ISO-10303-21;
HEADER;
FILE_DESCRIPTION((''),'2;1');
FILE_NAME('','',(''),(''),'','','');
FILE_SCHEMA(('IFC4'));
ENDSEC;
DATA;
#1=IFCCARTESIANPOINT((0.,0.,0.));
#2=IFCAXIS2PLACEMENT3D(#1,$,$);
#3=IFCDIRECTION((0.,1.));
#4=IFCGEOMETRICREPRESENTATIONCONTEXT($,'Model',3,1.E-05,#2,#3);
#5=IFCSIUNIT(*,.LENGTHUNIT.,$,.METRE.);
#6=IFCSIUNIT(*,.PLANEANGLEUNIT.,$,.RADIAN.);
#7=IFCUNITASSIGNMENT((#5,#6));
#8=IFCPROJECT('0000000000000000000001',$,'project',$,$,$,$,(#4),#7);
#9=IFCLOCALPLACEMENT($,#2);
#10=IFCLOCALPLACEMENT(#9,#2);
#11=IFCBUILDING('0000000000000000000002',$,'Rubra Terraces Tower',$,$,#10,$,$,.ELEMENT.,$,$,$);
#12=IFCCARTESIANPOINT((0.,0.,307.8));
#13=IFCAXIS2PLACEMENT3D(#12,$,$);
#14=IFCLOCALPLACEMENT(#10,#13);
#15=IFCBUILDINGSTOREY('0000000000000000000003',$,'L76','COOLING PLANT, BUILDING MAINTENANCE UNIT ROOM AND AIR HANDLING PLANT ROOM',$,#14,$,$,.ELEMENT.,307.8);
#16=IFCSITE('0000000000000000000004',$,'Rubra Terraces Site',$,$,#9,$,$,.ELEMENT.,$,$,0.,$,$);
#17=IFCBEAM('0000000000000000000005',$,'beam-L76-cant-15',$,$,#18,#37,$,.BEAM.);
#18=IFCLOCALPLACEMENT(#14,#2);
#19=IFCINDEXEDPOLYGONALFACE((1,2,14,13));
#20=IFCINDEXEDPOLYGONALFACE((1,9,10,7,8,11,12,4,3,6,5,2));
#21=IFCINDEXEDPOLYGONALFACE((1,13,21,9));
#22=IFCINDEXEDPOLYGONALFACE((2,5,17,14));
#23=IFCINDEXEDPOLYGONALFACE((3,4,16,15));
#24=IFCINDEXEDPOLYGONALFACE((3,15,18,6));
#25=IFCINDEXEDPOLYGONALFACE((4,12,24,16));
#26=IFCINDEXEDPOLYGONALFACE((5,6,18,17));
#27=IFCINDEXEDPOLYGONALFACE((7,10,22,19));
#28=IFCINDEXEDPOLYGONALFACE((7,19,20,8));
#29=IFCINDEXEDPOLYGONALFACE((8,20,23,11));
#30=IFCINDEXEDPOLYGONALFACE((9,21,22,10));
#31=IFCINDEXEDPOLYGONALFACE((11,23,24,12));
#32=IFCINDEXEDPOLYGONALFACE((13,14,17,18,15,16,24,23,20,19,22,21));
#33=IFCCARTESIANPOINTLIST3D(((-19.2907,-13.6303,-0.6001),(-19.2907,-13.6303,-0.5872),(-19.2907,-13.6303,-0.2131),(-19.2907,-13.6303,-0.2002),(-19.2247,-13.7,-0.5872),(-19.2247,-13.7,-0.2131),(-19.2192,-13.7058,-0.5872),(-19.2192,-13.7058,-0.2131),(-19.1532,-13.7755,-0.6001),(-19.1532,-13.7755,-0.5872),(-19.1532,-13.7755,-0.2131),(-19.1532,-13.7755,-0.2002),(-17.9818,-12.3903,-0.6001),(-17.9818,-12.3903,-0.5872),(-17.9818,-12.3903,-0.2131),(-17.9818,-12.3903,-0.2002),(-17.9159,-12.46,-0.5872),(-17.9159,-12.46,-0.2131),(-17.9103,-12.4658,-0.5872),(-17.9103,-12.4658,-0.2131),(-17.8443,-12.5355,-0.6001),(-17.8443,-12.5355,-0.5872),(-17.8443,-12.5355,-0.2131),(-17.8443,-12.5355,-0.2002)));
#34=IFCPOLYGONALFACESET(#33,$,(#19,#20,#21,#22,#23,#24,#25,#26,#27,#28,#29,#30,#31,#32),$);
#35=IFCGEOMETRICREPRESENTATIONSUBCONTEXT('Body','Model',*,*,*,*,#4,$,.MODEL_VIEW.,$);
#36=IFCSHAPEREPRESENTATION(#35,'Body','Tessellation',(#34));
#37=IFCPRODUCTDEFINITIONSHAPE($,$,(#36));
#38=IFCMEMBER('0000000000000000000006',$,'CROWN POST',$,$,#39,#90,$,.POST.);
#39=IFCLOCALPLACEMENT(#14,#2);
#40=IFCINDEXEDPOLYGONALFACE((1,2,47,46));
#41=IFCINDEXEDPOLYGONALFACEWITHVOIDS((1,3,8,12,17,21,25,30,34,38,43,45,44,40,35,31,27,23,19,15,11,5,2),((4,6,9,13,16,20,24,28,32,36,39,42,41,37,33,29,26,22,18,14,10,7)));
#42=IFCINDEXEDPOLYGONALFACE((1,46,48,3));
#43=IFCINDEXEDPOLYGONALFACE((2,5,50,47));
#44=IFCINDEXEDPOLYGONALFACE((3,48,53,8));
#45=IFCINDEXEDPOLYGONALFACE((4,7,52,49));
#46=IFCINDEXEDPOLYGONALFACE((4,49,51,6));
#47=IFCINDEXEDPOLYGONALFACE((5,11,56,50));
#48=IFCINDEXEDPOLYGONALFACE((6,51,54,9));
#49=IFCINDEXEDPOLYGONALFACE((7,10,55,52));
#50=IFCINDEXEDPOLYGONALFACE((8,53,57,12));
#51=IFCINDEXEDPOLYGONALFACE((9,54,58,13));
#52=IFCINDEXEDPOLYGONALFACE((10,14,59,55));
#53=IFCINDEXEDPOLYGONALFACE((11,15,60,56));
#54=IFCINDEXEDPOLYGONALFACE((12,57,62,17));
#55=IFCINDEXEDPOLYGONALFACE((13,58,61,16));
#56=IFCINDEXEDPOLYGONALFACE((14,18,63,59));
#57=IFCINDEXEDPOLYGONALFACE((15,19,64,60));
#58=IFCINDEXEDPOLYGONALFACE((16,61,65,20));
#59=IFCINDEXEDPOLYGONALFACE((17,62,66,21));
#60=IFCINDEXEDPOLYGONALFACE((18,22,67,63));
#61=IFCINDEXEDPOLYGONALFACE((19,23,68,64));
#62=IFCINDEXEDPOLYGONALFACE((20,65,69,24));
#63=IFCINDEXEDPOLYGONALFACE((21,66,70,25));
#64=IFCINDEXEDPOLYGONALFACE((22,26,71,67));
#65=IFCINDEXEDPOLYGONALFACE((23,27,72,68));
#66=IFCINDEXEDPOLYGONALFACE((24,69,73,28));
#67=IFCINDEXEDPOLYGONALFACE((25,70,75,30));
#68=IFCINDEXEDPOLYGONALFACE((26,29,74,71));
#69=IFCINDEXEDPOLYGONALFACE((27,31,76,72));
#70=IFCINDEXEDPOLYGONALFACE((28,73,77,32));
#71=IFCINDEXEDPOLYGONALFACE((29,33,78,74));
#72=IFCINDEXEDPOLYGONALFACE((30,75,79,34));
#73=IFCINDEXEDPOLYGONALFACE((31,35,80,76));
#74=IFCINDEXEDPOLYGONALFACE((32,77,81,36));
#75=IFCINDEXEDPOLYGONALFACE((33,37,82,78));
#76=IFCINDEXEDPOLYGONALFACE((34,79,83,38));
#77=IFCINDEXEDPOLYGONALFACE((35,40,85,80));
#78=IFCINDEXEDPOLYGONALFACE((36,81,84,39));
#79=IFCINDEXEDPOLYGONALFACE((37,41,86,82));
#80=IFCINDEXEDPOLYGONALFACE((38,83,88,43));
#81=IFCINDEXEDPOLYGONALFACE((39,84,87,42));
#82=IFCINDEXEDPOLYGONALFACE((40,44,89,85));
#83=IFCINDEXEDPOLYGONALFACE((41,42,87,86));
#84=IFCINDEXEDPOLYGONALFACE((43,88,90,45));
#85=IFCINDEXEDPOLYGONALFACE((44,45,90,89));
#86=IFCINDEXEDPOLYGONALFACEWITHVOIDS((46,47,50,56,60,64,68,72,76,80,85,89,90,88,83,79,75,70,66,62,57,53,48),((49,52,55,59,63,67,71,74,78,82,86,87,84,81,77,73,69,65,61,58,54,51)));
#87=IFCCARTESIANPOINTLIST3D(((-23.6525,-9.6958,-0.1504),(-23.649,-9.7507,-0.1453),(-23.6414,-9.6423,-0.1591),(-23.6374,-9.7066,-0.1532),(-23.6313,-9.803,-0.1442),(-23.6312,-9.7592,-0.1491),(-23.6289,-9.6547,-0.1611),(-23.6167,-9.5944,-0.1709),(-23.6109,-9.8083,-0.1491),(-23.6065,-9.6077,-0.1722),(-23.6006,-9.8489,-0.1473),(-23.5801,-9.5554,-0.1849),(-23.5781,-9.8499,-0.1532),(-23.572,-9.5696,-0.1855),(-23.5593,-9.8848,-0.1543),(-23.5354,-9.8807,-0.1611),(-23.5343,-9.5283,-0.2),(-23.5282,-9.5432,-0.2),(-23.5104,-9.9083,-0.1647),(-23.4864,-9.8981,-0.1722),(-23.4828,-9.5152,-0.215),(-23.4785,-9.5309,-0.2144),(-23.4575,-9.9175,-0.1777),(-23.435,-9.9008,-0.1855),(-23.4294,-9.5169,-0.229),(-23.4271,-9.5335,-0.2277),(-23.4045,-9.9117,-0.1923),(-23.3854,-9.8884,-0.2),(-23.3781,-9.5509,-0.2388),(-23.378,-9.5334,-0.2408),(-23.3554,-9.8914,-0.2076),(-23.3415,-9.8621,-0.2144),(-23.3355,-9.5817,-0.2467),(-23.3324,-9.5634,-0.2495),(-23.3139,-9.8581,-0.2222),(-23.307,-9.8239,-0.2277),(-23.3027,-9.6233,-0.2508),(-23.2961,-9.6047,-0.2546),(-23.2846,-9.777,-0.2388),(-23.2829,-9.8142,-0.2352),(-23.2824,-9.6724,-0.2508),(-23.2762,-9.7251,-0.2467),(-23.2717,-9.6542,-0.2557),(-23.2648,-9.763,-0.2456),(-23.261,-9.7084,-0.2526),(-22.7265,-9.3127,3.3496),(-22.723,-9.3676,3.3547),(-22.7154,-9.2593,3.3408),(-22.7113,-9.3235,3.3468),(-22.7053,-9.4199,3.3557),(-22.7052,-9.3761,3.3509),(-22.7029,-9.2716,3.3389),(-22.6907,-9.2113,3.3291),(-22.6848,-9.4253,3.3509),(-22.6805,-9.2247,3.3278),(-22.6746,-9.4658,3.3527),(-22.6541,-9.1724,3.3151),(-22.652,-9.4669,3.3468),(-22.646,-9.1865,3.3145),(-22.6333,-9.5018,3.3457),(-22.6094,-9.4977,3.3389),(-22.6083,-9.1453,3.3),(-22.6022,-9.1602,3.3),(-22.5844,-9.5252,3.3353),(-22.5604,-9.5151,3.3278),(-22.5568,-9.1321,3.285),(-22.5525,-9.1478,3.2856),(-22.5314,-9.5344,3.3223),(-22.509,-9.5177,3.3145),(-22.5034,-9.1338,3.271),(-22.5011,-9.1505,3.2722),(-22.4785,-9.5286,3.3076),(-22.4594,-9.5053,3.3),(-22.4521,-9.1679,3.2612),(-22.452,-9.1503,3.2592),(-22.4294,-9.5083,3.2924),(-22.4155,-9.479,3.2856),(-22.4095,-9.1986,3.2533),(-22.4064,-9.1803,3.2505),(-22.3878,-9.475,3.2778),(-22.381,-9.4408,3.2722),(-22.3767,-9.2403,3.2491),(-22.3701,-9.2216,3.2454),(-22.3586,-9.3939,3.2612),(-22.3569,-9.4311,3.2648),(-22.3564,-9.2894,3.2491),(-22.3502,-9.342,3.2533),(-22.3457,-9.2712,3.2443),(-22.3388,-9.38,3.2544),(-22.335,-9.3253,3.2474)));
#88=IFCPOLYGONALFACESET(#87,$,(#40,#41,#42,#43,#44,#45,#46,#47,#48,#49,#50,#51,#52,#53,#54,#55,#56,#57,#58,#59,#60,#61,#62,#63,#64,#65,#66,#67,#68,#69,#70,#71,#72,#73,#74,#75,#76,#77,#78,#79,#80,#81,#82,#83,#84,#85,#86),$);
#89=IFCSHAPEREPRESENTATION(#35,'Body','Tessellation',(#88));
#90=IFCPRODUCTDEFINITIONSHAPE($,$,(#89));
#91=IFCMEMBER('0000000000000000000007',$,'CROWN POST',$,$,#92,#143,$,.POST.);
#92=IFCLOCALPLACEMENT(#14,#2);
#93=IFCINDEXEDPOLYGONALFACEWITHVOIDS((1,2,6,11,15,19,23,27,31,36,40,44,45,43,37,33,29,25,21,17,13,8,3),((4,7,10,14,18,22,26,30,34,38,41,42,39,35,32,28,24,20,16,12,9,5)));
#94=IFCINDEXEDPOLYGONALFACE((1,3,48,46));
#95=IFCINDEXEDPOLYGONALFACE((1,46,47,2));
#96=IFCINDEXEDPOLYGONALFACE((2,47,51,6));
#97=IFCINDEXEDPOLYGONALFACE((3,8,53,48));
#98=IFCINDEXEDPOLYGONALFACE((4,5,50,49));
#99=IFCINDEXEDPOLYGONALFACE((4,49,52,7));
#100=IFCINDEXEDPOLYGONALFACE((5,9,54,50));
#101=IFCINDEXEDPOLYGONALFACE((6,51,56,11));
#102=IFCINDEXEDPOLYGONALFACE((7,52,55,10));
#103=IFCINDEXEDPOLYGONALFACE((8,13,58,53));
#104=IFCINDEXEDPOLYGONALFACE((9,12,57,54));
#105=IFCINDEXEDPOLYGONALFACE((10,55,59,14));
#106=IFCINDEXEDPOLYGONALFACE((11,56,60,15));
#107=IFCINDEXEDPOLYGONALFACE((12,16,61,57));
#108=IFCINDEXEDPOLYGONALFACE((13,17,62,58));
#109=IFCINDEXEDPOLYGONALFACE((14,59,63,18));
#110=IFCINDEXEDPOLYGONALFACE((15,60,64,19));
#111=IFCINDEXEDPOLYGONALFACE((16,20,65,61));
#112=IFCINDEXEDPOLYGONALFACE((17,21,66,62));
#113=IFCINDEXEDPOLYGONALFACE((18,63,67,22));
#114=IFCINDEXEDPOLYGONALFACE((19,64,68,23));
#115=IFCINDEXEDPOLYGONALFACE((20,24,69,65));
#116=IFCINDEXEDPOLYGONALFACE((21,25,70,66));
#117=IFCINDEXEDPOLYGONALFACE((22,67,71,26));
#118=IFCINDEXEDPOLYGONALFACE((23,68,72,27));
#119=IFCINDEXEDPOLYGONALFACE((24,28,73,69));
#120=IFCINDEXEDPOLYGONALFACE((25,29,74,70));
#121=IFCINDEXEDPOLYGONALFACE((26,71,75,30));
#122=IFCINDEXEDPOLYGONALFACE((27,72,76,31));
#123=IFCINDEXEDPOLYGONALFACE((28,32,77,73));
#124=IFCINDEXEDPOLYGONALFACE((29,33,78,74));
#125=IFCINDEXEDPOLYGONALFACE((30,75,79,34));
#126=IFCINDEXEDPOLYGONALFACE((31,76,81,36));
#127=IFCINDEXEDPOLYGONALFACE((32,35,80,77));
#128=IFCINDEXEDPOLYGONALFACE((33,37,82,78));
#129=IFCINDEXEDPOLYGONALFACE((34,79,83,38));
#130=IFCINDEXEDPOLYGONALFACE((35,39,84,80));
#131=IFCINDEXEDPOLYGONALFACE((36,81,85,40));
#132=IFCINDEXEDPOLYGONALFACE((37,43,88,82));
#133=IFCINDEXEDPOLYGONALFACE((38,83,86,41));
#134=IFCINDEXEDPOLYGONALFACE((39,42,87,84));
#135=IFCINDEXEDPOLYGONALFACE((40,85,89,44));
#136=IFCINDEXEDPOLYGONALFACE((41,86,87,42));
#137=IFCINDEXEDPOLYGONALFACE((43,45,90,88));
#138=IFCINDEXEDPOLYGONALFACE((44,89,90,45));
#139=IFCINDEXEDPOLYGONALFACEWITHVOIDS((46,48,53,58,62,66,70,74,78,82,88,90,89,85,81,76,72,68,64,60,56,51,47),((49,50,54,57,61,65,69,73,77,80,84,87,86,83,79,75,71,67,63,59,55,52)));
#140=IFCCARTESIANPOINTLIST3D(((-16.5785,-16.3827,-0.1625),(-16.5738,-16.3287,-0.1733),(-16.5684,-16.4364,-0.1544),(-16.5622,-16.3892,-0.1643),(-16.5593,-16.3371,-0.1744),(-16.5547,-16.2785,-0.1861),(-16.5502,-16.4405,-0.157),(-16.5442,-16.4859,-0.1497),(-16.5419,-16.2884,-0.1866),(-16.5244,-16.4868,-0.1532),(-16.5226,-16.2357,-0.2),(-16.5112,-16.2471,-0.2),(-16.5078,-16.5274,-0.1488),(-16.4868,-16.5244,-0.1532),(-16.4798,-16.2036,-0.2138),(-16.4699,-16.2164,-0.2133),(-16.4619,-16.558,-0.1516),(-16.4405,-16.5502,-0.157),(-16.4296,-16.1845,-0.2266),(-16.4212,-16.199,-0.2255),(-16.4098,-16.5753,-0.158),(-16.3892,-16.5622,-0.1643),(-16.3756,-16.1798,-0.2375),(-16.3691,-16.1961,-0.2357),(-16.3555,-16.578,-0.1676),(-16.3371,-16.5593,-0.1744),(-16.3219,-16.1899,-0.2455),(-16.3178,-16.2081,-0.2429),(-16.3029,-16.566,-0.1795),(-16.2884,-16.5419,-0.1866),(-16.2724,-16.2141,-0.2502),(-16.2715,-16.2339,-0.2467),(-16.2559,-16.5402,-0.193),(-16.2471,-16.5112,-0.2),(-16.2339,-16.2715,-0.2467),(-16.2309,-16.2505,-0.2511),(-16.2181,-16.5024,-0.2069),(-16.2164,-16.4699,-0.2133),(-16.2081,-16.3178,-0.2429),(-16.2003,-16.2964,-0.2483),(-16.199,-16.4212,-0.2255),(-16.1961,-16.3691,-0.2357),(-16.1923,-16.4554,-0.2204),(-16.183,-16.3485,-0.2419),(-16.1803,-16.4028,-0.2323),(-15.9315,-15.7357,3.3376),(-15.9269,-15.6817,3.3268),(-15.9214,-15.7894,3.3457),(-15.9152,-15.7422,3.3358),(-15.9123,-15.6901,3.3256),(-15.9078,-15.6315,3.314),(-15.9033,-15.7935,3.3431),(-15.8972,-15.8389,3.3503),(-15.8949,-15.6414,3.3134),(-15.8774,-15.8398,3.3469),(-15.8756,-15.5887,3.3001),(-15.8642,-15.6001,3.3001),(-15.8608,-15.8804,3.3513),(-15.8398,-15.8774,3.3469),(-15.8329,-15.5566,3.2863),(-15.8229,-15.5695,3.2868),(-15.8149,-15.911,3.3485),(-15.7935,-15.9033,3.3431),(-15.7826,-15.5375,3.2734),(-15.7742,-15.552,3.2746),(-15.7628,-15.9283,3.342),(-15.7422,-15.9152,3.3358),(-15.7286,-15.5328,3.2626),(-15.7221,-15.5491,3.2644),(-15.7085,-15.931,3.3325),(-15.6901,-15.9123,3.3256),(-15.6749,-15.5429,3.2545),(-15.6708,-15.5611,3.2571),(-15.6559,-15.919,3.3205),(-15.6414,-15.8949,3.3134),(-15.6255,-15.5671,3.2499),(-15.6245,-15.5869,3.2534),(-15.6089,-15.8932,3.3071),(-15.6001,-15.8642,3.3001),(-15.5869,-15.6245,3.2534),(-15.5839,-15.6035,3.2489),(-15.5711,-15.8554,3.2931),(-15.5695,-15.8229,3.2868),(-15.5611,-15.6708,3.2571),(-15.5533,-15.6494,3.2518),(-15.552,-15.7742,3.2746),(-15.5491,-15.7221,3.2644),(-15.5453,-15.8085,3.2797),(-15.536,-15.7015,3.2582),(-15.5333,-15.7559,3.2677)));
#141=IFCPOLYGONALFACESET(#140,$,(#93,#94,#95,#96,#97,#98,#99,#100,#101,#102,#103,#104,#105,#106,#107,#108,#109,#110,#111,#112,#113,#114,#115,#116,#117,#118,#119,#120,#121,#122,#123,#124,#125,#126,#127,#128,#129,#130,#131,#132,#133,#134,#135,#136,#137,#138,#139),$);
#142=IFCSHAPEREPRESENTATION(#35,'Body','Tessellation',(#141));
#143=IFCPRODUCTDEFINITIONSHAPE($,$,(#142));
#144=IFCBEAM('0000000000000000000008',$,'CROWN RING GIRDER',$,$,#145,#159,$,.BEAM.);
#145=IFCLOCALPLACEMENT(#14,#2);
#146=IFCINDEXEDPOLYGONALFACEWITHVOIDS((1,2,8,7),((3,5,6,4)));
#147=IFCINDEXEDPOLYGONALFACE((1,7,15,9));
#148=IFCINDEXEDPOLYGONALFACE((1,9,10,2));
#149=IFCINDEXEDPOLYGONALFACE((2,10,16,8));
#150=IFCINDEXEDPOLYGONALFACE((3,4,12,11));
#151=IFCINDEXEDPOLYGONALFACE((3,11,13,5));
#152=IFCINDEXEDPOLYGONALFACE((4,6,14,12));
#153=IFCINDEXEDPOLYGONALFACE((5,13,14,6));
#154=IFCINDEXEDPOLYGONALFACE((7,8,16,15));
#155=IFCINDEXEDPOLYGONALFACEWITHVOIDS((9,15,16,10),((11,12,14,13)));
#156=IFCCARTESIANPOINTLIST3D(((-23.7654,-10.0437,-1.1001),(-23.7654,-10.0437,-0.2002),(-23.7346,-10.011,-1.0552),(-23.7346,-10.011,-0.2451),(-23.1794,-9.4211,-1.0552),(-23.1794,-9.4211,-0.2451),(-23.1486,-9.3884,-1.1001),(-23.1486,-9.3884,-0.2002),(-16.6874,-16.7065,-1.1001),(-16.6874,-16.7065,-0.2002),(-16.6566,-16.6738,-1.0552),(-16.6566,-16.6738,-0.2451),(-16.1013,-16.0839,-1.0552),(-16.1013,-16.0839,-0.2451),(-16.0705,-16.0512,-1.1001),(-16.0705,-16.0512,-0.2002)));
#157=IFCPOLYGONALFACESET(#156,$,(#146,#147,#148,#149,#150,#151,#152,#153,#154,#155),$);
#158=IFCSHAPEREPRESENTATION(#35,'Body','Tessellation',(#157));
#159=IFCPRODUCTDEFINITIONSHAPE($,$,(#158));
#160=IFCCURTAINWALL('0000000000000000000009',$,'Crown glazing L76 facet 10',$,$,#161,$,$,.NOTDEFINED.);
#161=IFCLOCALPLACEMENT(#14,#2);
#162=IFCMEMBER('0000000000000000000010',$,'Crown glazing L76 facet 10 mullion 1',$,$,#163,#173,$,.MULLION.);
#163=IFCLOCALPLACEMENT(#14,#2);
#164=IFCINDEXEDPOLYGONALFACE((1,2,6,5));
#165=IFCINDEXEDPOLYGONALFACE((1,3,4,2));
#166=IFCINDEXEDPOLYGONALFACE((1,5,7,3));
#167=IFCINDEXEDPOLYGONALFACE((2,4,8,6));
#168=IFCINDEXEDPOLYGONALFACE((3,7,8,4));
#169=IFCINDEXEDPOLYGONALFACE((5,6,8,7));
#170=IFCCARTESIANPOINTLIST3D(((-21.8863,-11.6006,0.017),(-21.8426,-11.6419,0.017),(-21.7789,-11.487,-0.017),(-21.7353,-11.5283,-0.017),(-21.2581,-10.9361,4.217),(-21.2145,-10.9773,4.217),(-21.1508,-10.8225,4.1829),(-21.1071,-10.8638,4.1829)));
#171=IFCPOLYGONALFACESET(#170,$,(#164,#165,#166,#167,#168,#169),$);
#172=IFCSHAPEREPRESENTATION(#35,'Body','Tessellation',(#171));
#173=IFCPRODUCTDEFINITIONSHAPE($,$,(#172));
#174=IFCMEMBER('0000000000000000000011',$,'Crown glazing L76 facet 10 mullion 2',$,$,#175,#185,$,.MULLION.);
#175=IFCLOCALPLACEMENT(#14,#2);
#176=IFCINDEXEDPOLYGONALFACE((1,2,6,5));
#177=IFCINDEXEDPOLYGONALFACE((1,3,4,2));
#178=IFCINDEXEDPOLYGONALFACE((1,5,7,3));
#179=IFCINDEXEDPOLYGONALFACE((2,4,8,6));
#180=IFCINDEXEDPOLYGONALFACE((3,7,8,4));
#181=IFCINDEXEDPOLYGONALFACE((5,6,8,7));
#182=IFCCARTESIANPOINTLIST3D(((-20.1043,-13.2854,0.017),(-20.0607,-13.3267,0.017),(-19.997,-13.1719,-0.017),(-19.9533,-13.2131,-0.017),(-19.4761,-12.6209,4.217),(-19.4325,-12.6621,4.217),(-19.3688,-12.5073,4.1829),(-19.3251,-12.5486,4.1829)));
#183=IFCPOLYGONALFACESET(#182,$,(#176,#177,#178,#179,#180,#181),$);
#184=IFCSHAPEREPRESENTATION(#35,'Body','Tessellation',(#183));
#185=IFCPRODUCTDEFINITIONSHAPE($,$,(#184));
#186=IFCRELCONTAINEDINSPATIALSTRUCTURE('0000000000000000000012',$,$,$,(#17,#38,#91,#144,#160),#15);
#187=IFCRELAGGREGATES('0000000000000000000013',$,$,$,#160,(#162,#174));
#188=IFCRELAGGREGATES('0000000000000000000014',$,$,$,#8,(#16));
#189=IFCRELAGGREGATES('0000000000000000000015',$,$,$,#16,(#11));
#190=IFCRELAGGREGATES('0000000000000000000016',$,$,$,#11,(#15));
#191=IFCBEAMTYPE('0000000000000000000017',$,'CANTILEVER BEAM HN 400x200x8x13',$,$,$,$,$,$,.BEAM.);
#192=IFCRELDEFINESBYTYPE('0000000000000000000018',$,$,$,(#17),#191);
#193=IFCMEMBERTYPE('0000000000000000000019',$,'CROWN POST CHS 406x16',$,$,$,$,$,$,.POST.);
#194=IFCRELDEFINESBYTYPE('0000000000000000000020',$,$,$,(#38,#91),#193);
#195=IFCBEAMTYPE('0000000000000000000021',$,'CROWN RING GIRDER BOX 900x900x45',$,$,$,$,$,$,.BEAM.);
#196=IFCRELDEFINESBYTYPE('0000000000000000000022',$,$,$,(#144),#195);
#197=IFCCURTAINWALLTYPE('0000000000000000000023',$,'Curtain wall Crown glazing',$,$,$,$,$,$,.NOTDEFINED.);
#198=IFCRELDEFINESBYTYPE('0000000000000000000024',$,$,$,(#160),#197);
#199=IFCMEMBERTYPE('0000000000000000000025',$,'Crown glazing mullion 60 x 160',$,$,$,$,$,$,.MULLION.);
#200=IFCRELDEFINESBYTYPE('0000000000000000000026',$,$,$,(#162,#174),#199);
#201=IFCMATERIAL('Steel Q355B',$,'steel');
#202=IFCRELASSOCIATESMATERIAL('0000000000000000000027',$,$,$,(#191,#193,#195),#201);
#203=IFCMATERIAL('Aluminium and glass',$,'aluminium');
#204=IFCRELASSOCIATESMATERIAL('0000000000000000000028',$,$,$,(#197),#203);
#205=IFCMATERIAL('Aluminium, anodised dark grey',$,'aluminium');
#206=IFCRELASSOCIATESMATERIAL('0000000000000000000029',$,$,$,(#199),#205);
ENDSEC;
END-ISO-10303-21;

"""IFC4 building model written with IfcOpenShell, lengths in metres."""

from ifc_helpers import new_model, si_unit, direction, frame, origin, origin_2d, place, context, subcontext, project, spatial, rectangle, hollow_rectangle, hollow_circle, i_section, extrude, material, material_profile, profile_set, type_object, element, aggregate, save


model = new_model("IFC4")

# Units and contexts
model_context = context("Model", 3, precision=1e-05, world=origin(), true_north=direction((0.0, 1.0)))
body_context = subcontext(model_context, "Body", "Model", "MODEL_VIEW")
ifc_project = project(units=[si_unit("LENGTHUNIT", "METRE"), si_unit("PLANEANGLEUNIT", "RADIAN")], contexts=[model_context])

# Site, building, storey
site_placement = place(None, origin())
site = spatial("IfcSite", under=ifc_project, at=site_placement, Name="Rubra Terraces Site", CompositionType="ELEMENT", RefElevation=0.0)
building_placement = place(site_placement, origin())
building = spatial("IfcBuilding", under=site, at=building_placement, Name="Rubra Terraces Tower", CompositionType="ELEMENT")
storey_placement = place(building_placement, frame((0.0, 0.0, 307.8)))
storey = spatial("IfcBuildingStorey", under=building, at=storey_placement, Name="L76", Description="COOLING PLANT, BUILDING MAINTENANCE UNIT ROOM AND AIR HANDLING PLANT ROOM", CompositionType="ELEMENT", Elevation=307.8)

# Beam
ifc_material_1 = material(Name="Steel Q355B", Category="steel")
ifc_material_profile_1 = material_profile(ifc_material_1, i_section(OverallWidth=0.2, OverallDepth=0.3999, WebThickness=0.0081, FlangeThickness=0.0129, at=origin_2d()), Name="HN 400x200x8x13")
ifc_profile_set_1 = profile_set([ifc_material_profile_1], Name="Steel Q355B")
beam_type_1 = type_object("IfcBeamType", Name="CANTILEVER BEAM HN 400x200x8x13", PredefinedType="BEAM", material=ifc_profile_set_1)
beam_1_placement = place(storey_placement, frame((-17.9131, -12.4629, -0.4001), z_axis=(-0.725942, -0.687756, 0.0), x_axis=(0.687756, -0.725942, 0.0)))
element("IfcBeam", 1, at=beam_1_placement, inside=storey, type_object=beam_type_1, Name="beam-L76-cant-15", PredefinedType="BEAM", context=body_context, shape_type="SweptSolid", body=[
    extrude(i_section(OverallWidth=0.2, OverallDepth=0.3999, WebThickness=0.0081, FlangeThickness=0.0129, at=origin_2d()), origin(), (0.0, 0.0, 1.0), 1.803),
])

# Members
ifc_material_profile_2 = material_profile(ifc_material_1, hollow_circle(Radius=0.2029, WallThickness=0.0161, at=origin_2d()), Name="CHS 406x16")
ifc_profile_set_2 = profile_set([ifc_material_profile_2], Name="Steel Q355B")
member_type_1 = type_object("IfcMemberType", Name="CROWN POST CHS 406x16", PredefinedType="POST", material=ifc_profile_set_2)
member_1_placement = place(storey_placement, frame((-23.4568, -9.7158, -0.2), z_axis=(0.254358, 0.105217, 0.96137), x_axis=(-0.382244, 0.924061, 0.0)))
element("IfcMember", 2, at=member_1_placement, inside=storey, type_object=member_type_1, Name="CROWN POST", PredefinedType="POST", context=body_context, shape_type="SweptSolid", body=[
    extrude(hollow_circle(Radius=0.2029, WallThickness=0.0161, at=origin_2d()), origin(), (0.0, 0.0, 1.0), 3.6406),
])
member_2_placement = place(storey_placement, frame((-16.3792, -16.3792, -0.2), z_axis=(0.178839, 0.178839, 0.967488), x_axis=(-0.707107, 0.707107, 0.0)))
element("IfcMember", 3, at=member_2_placement, inside=storey, type_object=member_type_1, Name="CROWN POST", PredefinedType="POST", context=body_context, shape_type="SweptSolid", body=[
    extrude(hollow_circle(Radius=0.2029, WallThickness=0.0161, at=origin_2d()), origin(), (0.0, 0.0, 1.0), 3.6177),
])

# Beam
ifc_material_profile_3 = material_profile(ifc_material_1, hollow_rectangle(XDim=0.8999, YDim=0.8999, WallThickness=0.0449, at=origin_2d()), Name="BOX 900x900x45")
ifc_profile_set_3 = profile_set([ifc_material_profile_3], Name="Steel Q355B")
beam_type_2 = type_object("IfcBeamType", Name="CROWN RING GIRDER BOX 900x900x45", PredefinedType="BEAM", material=ifc_profile_set_3)
beam_2_placement = place(storey_placement, frame((-23.457, -9.7161, -0.6501), z_axis=(0.728145, -0.685423, 0.0), x_axis=(0.685423, 0.728145, 0.0)))
element("IfcBeam", 4, at=beam_2_placement, inside=storey, type_object=beam_type_2, Name="CROWN RING GIRDER", PredefinedType="BEAM", context=body_context, shape_type="SweptSolid", body=[
    extrude(hollow_rectangle(XDim=0.8999, YDim=0.8999, WallThickness=0.0449, at=origin_2d()), origin(), (0.0, 0.0, 1.0), 9.7207),
])

# Curtain wall, members
ifc_material_2 = material(Name="Aluminium and glass", Category="aluminium")
curtain_wall_type = type_object("IfcCurtainWallType", Name="Curtain wall Crown glazing", PredefinedType="NOTDEFINED", material=ifc_material_2)
curtain_wall_1_placement = place(storey_placement, origin())
curtain_wall_1 = element("IfcCurtainWall", 5, at=curtain_wall_1_placement, inside=storey, type_object=curtain_wall_type, Name="Crown glazing L76 facet 10", PredefinedType="NOTDEFINED")
ifc_material_3 = material(Name="Aluminium, anodised dark grey", Category="aluminium")
ifc_material_profile_4 = material_profile(ifc_material_3, rectangle(XDim=0.0601, YDim=0.1599, at=origin_2d()), Name="AL 60x160")
ifc_profile_set_4 = profile_set([ifc_material_profile_4], Name="Aluminium, anodised dark grey")
member_type_2 = type_object("IfcMemberType", Name="Crown glazing mullion 60 x 160", PredefinedType="MULLION", material=ifc_profile_set_4)
member_3_placement = place(storey_placement, frame((-21.8108, -11.5645, 0.0), z_axis=(0.146143, 0.154606, 0.977108), x_axis=(-0.726717, 0.686937, 0.0)))
member_3 = element("IfcMember", 6, at=member_3_placement, type_object=member_type_2, Name="Crown glazing L76 facet 10 mullion 1", PredefinedType="MULLION", context=body_context, shape_type="SweptSolid", body=[
    extrude(rectangle(XDim=0.0601, YDim=0.1599, at=origin_2d()), origin(), (0.0, 0.0, 1.0), 4.2983),
])
member_4_placement = place(storey_placement, frame((-20.0288, -13.2493, 0.0), z_axis=(0.146143, 0.154606, 0.977108), x_axis=(-0.726717, 0.686937, 0.0)))
member_4 = element("IfcMember", 7, at=member_4_placement, type_object=member_type_2, Name="Crown glazing L76 facet 10 mullion 2", PredefinedType="MULLION", context=body_context, shape_type="SweptSolid", body=[
    extrude(rectangle(XDim=0.0601, YDim=0.1599, at=origin_2d()), origin(), (0.0, 0.0, 1.0), 4.2983),
])

aggregate(curtain_wall_1, [member_3, member_4])

save(model, "model.ifc")
